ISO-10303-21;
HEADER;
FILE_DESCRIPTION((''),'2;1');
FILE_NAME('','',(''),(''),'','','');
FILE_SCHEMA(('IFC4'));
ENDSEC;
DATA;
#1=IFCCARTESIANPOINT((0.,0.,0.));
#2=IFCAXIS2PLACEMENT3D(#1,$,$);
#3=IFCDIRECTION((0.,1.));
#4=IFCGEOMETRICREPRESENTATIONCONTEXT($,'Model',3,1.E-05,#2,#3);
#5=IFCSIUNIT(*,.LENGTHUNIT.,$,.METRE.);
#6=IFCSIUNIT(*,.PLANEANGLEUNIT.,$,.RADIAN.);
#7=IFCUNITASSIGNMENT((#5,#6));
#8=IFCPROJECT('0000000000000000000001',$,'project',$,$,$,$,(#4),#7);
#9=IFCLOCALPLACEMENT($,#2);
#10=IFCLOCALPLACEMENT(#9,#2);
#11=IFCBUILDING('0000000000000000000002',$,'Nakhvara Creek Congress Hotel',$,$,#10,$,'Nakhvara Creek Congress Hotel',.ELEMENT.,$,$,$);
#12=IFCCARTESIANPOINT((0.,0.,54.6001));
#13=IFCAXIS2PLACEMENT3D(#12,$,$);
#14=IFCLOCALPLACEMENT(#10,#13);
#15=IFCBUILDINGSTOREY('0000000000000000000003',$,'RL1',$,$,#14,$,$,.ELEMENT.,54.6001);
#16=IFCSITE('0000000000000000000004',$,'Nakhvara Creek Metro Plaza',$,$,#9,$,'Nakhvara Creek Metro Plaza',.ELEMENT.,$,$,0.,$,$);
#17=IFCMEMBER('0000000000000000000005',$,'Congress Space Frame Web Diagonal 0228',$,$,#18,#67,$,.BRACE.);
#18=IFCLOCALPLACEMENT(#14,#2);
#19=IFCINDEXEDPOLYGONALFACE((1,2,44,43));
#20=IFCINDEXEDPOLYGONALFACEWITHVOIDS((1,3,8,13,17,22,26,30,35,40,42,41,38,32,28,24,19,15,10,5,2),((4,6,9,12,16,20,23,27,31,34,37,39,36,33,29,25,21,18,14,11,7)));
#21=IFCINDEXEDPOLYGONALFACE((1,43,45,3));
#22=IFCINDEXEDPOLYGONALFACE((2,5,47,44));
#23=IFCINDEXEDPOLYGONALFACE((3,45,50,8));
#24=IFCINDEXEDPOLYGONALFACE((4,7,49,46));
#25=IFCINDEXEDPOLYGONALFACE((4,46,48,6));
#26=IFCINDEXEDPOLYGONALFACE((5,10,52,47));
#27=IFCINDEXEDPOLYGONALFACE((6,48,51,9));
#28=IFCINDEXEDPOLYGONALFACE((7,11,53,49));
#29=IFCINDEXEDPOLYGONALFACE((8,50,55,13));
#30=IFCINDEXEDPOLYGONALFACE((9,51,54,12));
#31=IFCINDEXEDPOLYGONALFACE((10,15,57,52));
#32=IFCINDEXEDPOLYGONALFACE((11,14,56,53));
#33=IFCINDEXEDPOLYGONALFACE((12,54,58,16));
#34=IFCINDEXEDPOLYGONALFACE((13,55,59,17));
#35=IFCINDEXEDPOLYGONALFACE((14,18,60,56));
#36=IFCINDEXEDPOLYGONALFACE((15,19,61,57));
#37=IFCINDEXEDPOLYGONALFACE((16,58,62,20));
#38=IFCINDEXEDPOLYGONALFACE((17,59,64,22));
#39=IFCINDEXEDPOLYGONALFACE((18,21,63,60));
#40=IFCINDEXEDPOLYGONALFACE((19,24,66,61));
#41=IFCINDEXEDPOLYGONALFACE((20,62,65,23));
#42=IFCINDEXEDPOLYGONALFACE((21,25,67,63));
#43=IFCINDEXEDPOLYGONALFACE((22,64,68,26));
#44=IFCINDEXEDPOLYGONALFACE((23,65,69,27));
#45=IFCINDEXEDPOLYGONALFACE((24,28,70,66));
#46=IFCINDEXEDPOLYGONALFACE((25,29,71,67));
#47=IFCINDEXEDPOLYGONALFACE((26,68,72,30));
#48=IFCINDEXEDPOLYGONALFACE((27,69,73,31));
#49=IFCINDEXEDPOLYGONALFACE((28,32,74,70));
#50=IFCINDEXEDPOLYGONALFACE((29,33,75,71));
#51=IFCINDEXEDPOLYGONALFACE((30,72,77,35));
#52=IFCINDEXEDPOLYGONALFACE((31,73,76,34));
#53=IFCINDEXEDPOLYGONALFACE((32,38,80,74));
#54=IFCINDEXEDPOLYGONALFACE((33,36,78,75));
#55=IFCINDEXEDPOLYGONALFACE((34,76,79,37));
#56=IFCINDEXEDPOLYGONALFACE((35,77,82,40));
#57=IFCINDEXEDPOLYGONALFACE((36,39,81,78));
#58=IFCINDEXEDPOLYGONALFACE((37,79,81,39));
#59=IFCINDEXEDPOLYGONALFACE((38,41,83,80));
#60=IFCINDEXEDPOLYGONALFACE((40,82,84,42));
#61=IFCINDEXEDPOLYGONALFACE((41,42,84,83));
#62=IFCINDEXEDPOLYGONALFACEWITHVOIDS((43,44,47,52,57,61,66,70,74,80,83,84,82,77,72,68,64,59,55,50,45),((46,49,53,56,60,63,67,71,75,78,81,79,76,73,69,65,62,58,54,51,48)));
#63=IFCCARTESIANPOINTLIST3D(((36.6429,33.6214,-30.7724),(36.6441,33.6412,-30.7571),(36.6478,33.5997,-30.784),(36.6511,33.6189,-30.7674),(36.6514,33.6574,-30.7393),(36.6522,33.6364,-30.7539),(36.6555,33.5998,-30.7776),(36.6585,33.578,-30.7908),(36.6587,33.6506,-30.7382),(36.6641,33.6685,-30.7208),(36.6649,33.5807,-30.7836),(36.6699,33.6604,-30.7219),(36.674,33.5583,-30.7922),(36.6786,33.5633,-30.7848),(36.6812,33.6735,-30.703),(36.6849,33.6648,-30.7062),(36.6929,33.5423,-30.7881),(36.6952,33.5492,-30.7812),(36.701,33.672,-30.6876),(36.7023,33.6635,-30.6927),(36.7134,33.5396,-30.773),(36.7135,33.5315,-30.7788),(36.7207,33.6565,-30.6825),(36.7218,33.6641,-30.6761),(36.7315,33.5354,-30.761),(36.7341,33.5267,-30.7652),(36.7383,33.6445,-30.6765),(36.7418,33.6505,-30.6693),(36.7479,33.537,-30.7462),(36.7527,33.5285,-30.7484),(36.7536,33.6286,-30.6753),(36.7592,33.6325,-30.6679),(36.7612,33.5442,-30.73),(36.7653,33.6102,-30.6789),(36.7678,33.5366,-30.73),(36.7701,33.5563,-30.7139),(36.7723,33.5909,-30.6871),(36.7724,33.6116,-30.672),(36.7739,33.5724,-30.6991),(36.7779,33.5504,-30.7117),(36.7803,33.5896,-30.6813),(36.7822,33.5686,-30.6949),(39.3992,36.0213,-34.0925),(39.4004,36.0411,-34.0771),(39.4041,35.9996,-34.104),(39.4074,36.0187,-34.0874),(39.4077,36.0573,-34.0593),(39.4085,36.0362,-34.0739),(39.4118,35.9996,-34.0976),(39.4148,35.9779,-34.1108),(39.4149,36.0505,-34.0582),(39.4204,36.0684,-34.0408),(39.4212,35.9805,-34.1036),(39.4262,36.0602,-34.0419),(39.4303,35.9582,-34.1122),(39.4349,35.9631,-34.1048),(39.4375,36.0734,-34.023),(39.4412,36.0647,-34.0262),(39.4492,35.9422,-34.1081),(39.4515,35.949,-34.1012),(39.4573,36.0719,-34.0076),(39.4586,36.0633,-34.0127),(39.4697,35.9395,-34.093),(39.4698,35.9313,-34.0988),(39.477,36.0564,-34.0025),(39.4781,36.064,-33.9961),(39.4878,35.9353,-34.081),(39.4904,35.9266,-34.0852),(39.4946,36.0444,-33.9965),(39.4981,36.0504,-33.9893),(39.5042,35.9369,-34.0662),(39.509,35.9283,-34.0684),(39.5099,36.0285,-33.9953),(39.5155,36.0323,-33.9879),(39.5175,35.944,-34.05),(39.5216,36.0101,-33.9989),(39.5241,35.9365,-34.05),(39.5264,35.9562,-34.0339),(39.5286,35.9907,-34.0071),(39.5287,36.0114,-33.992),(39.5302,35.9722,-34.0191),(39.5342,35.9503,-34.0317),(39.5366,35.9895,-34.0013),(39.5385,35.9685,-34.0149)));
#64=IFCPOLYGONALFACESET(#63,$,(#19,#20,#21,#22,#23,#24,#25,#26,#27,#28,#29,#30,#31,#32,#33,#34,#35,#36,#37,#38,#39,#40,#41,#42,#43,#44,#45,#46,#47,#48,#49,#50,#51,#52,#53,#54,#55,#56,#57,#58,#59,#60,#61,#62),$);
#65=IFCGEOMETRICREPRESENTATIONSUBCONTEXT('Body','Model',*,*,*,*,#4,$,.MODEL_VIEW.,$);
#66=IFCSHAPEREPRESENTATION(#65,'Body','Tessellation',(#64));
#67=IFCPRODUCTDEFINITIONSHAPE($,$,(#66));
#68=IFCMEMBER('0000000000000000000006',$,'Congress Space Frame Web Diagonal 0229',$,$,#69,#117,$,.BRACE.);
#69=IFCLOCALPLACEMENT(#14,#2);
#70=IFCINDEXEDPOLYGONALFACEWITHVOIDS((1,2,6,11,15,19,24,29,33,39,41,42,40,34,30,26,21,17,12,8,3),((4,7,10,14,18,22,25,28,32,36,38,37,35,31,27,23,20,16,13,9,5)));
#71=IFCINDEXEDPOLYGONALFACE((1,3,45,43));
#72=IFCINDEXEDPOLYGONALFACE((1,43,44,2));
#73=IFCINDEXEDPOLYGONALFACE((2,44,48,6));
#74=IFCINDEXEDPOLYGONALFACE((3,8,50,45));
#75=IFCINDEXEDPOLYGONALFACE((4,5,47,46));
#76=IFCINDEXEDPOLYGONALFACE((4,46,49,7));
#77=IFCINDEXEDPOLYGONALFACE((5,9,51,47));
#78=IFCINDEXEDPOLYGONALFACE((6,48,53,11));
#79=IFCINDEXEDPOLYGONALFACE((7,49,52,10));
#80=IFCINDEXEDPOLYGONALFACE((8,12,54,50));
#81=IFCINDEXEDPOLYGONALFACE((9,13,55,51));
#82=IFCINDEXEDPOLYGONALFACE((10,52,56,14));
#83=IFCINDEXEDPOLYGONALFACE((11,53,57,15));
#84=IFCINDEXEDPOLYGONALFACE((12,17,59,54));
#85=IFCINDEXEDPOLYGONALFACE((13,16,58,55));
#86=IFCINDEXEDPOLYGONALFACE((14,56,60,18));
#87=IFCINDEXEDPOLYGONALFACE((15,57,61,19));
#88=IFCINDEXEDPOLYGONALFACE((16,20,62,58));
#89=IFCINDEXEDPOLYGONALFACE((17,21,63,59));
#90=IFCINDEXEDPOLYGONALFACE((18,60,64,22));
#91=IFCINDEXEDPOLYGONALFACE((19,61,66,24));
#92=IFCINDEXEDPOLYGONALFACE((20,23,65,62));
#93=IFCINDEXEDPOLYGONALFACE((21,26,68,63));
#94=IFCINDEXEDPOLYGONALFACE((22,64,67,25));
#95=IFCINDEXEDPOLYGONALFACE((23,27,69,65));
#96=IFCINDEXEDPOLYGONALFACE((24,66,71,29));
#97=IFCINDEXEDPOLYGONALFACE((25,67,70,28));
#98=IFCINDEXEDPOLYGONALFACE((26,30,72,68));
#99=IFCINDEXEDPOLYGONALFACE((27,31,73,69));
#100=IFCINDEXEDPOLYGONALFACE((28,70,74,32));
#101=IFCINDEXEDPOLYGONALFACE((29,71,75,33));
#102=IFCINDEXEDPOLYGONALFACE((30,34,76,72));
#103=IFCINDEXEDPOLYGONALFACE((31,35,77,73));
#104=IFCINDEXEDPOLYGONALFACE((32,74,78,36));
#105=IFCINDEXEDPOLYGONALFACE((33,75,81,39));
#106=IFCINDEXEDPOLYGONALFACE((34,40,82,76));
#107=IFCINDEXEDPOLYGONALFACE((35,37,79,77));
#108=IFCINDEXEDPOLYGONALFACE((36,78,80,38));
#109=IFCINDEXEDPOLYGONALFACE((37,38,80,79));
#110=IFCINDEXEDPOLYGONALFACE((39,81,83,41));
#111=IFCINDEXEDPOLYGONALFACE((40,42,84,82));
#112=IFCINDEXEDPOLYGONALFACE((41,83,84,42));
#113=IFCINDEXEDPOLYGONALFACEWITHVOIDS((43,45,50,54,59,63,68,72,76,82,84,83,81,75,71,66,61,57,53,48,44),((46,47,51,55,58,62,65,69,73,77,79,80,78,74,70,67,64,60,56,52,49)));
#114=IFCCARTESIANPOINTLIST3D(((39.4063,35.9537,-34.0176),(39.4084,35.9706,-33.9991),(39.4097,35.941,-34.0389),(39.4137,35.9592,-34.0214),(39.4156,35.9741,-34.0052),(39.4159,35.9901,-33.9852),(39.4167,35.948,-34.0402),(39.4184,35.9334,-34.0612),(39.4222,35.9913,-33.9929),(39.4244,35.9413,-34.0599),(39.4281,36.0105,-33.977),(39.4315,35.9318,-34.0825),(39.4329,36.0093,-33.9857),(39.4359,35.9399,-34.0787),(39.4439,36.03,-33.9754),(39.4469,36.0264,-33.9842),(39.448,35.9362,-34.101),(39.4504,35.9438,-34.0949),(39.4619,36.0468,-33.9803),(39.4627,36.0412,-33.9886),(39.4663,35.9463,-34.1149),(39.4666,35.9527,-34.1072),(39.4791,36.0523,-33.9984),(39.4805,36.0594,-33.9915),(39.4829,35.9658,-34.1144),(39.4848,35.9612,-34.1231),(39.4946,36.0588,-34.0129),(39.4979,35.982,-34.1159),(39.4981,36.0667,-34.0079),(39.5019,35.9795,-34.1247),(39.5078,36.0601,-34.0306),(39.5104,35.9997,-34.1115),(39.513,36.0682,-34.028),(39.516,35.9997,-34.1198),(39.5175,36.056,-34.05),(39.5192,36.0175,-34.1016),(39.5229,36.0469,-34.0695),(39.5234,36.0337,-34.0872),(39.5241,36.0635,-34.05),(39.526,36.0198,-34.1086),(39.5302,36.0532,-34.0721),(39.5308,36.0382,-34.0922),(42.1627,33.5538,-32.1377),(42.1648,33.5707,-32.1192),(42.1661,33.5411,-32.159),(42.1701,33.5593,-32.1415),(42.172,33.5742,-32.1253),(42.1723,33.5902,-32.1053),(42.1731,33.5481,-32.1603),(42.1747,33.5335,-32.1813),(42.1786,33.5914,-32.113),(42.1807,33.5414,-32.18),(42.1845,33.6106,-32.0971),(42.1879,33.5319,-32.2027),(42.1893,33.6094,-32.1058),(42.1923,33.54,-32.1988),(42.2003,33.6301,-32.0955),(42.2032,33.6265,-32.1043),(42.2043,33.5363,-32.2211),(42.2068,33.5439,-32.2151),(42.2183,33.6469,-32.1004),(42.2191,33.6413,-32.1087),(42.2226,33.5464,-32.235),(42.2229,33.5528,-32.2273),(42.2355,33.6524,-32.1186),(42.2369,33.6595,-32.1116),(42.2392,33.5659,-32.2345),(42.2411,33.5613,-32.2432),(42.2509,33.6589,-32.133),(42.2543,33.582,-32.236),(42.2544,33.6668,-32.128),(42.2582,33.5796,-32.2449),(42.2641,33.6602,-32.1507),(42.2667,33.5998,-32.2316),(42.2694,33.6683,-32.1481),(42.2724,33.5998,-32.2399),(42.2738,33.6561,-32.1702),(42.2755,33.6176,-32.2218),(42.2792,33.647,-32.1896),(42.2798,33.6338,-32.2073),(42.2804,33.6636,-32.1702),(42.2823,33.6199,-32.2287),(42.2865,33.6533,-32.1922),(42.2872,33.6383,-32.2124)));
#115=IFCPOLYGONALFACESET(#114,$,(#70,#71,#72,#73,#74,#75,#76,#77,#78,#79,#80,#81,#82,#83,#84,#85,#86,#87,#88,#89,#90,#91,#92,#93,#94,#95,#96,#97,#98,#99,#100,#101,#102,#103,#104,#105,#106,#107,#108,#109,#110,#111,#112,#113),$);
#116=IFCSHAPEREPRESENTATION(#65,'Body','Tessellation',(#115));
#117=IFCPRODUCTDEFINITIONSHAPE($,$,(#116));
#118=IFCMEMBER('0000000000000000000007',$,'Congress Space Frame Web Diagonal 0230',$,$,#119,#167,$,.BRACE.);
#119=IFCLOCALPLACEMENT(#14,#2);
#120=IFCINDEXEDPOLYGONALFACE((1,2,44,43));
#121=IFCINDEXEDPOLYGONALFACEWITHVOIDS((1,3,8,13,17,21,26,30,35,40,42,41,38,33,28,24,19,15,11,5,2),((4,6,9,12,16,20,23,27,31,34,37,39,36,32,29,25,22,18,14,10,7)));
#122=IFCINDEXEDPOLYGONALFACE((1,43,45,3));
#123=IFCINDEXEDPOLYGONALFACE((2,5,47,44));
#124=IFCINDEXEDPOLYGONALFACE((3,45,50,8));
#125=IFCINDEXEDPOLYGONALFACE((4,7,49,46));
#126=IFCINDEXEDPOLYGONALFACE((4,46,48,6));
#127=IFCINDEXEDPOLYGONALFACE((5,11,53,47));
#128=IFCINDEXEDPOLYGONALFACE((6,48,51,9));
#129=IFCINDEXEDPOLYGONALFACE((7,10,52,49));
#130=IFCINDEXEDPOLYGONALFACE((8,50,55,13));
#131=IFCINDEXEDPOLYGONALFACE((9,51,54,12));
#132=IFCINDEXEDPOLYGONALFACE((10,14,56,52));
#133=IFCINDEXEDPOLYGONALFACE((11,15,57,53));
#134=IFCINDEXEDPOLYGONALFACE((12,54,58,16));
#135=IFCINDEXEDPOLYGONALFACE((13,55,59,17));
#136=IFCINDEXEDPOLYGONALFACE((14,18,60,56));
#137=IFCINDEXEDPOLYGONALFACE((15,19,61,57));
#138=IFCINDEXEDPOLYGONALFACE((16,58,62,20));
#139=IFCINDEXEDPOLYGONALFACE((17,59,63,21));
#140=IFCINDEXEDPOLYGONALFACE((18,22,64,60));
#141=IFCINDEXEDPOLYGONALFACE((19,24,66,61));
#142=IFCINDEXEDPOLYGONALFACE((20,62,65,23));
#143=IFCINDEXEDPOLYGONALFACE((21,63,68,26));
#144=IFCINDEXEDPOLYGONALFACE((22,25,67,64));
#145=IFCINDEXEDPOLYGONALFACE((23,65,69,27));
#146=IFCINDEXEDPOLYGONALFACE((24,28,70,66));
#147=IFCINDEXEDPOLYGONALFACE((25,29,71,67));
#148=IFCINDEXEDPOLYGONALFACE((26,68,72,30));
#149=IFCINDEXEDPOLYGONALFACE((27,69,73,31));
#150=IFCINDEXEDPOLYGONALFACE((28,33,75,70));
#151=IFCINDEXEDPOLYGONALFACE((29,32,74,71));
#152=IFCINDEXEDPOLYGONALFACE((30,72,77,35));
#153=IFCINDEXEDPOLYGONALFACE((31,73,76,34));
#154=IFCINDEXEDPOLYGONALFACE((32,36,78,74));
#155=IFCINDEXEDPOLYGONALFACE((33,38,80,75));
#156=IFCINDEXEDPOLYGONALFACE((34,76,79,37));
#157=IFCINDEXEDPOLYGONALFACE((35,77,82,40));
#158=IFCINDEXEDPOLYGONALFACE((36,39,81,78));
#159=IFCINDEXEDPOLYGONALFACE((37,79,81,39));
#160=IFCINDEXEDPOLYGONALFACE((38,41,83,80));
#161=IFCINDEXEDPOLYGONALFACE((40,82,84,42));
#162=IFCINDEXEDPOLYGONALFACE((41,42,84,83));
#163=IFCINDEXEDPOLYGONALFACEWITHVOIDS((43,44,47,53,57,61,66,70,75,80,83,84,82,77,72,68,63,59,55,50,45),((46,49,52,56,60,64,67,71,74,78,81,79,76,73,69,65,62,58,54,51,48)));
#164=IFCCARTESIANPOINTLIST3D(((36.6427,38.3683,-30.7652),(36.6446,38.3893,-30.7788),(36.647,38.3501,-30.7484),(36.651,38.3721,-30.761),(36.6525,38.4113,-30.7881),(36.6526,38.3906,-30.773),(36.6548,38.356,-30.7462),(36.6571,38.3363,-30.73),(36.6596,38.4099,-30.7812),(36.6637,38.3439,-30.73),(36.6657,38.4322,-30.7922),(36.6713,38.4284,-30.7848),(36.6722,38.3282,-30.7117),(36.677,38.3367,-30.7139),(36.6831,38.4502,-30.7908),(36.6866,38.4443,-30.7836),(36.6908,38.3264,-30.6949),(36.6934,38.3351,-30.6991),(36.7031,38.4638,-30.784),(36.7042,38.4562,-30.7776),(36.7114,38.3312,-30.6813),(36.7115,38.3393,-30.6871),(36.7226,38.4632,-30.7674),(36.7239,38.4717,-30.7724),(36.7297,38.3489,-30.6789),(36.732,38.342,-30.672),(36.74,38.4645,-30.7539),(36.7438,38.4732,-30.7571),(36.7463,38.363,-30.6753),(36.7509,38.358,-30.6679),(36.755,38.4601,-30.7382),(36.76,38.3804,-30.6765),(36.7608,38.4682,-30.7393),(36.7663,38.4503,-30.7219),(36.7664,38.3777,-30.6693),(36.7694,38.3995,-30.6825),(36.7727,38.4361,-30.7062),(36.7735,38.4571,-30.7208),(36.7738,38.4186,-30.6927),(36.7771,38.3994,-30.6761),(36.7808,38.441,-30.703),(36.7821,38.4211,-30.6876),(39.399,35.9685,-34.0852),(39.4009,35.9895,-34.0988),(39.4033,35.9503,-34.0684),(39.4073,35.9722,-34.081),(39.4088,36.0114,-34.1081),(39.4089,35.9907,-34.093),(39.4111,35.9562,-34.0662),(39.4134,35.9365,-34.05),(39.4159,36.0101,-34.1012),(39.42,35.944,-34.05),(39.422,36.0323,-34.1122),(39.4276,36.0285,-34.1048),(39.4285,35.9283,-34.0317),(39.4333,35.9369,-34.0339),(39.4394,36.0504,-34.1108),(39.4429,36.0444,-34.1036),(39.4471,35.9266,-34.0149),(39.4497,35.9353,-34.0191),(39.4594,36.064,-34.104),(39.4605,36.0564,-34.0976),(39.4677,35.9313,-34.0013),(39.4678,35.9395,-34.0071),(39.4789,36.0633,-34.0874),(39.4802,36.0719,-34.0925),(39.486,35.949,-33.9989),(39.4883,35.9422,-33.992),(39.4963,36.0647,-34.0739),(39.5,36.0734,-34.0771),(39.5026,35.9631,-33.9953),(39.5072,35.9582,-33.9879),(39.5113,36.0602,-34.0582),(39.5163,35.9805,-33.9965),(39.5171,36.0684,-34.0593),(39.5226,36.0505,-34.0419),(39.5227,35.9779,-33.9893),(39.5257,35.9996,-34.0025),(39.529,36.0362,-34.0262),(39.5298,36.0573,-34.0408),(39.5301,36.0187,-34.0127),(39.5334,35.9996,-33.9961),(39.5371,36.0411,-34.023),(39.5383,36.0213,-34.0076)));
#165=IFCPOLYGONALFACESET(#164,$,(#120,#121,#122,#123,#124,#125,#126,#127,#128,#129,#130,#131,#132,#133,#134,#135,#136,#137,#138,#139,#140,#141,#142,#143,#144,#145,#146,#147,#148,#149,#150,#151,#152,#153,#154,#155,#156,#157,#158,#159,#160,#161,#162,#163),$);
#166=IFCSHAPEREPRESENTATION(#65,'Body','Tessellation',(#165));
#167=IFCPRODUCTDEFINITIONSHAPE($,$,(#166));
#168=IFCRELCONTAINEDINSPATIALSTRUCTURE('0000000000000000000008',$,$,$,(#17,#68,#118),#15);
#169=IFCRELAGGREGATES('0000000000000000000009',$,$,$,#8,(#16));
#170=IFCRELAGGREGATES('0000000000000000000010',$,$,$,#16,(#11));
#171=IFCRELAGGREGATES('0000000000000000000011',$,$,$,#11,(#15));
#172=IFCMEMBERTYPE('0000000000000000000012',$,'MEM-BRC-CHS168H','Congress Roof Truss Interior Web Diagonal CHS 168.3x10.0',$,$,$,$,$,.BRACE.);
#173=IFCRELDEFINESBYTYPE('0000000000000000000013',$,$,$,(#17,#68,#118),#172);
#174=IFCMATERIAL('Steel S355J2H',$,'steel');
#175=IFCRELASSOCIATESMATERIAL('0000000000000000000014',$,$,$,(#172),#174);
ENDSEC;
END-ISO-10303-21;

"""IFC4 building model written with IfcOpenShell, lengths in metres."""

from ifc_helpers import new_model, si_unit, direction, frame, origin, origin_2d, place, context, subcontext, project, spatial, hollow_circle, extrude, material, material_profile, profile_set, type_object, element, save


model = new_model("IFC4")

# Units and contexts
model_context = context("Model", 3, precision=1e-05, world=origin(), true_north=direction((0.0, 1.0)))
body_context = subcontext(model_context, "Body", "Model", "MODEL_VIEW")
ifc_project = project(units=[si_unit("LENGTHUNIT", "METRE"), si_unit("PLANEANGLEUNIT", "RADIAN")], contexts=[model_context])

# Site, building, storey
site_placement = place(None, origin())
site = spatial("IfcSite", under=ifc_project, at=site_placement, Name="Nakhvara Creek Metro Plaza", LongName="Nakhvara Creek Metro Plaza", CompositionType="ELEMENT", RefElevation=0.0)
building_placement = place(site_placement, origin())
building = spatial("IfcBuilding", under=site, at=building_placement, Name="Nakhvara Creek Congress Hotel", LongName="Nakhvara Creek Congress Hotel", CompositionType="ELEMENT")
storey_placement = place(building_placement, frame((0.0, 0.0, 54.6001)))
storey = spatial("IfcBuildingStorey", under=building, at=storey_placement, Name="RL1", CompositionType="ELEMENT", Elevation=54.6001)

# Members
ifc_material_1 = material(Name="Steel S355J2H", Category="steel")
ifc_material_profile_1 = material_profile(ifc_material_1, hollow_circle(Radius=0.0842, WallThickness=0.01, at=origin_2d()), Name="CHS 168.3x10.0", Category="LoadBearing")
ifc_profile_set_1 = profile_set([ifc_material_profile_1], Name="Steel S355J2H")
member_type_1 = type_object("IfcMemberType", Name="MEM-BRC-CHS168H", Description="Congress Roof Truss Interior Web Diagonal CHS 168.3x10.0", PredefinedType="BRACE", material=ifc_profile_set_1)
member_1_placement = place(storey_placement, frame((39.4688, 36.0, -34.05), z_axis=(-0.558237, -0.486047, 0.672406), x_axis=(0.656658, -0.754188, 0.0)))
element("IfcMember", 1, at=member_1_placement, inside=storey, type_object=member_type_1, Name="Congress Space Frame Web Diagonal 0228", PredefinedType="BRACE", context=body_context, shape_type="SweptSolid", body=[
    extrude(hollow_circle(Radius=0.0842, WallThickness=0.01, at=origin_2d()), origin(), (0.0, 0.0, 1.0), 4.9375),
])
member_2_placement = place(storey_placement, frame((39.4688, 36.0, -34.05), z_axis=(0.670667, -0.583938, 0.457408), x_axis=(0.656658, 0.754188, 0.0)))
element("IfcMember", 2, at=member_2_placement, inside=storey, type_object=member_type_1, Name="Congress Space Frame Web Diagonal 0229", PredefinedType="BRACE", context=body_context, shape_type="SweptSolid", body=[
    extrude(hollow_circle(Radius=0.0842, WallThickness=0.01, at=origin_2d()), origin(), (0.0, 0.0, 1.0), 4.1099),
])
member_3_placement = place(storey_placement, frame((39.4688, 36.0, -34.05), z_axis=(-0.558237, 0.486047, 0.672406), x_axis=(-0.656658, -0.754188, 0.0)))
element("IfcMember", 3, at=member_3_placement, inside=storey, type_object=member_type_1, Name="Congress Space Frame Web Diagonal 0230", PredefinedType="BRACE", context=body_context, shape_type="SweptSolid", body=[
    extrude(hollow_circle(Radius=0.0842, WallThickness=0.01, at=origin_2d()), origin(), (0.0, 0.0, 1.0), 4.9375),
])

save(model, "model.ifc")
